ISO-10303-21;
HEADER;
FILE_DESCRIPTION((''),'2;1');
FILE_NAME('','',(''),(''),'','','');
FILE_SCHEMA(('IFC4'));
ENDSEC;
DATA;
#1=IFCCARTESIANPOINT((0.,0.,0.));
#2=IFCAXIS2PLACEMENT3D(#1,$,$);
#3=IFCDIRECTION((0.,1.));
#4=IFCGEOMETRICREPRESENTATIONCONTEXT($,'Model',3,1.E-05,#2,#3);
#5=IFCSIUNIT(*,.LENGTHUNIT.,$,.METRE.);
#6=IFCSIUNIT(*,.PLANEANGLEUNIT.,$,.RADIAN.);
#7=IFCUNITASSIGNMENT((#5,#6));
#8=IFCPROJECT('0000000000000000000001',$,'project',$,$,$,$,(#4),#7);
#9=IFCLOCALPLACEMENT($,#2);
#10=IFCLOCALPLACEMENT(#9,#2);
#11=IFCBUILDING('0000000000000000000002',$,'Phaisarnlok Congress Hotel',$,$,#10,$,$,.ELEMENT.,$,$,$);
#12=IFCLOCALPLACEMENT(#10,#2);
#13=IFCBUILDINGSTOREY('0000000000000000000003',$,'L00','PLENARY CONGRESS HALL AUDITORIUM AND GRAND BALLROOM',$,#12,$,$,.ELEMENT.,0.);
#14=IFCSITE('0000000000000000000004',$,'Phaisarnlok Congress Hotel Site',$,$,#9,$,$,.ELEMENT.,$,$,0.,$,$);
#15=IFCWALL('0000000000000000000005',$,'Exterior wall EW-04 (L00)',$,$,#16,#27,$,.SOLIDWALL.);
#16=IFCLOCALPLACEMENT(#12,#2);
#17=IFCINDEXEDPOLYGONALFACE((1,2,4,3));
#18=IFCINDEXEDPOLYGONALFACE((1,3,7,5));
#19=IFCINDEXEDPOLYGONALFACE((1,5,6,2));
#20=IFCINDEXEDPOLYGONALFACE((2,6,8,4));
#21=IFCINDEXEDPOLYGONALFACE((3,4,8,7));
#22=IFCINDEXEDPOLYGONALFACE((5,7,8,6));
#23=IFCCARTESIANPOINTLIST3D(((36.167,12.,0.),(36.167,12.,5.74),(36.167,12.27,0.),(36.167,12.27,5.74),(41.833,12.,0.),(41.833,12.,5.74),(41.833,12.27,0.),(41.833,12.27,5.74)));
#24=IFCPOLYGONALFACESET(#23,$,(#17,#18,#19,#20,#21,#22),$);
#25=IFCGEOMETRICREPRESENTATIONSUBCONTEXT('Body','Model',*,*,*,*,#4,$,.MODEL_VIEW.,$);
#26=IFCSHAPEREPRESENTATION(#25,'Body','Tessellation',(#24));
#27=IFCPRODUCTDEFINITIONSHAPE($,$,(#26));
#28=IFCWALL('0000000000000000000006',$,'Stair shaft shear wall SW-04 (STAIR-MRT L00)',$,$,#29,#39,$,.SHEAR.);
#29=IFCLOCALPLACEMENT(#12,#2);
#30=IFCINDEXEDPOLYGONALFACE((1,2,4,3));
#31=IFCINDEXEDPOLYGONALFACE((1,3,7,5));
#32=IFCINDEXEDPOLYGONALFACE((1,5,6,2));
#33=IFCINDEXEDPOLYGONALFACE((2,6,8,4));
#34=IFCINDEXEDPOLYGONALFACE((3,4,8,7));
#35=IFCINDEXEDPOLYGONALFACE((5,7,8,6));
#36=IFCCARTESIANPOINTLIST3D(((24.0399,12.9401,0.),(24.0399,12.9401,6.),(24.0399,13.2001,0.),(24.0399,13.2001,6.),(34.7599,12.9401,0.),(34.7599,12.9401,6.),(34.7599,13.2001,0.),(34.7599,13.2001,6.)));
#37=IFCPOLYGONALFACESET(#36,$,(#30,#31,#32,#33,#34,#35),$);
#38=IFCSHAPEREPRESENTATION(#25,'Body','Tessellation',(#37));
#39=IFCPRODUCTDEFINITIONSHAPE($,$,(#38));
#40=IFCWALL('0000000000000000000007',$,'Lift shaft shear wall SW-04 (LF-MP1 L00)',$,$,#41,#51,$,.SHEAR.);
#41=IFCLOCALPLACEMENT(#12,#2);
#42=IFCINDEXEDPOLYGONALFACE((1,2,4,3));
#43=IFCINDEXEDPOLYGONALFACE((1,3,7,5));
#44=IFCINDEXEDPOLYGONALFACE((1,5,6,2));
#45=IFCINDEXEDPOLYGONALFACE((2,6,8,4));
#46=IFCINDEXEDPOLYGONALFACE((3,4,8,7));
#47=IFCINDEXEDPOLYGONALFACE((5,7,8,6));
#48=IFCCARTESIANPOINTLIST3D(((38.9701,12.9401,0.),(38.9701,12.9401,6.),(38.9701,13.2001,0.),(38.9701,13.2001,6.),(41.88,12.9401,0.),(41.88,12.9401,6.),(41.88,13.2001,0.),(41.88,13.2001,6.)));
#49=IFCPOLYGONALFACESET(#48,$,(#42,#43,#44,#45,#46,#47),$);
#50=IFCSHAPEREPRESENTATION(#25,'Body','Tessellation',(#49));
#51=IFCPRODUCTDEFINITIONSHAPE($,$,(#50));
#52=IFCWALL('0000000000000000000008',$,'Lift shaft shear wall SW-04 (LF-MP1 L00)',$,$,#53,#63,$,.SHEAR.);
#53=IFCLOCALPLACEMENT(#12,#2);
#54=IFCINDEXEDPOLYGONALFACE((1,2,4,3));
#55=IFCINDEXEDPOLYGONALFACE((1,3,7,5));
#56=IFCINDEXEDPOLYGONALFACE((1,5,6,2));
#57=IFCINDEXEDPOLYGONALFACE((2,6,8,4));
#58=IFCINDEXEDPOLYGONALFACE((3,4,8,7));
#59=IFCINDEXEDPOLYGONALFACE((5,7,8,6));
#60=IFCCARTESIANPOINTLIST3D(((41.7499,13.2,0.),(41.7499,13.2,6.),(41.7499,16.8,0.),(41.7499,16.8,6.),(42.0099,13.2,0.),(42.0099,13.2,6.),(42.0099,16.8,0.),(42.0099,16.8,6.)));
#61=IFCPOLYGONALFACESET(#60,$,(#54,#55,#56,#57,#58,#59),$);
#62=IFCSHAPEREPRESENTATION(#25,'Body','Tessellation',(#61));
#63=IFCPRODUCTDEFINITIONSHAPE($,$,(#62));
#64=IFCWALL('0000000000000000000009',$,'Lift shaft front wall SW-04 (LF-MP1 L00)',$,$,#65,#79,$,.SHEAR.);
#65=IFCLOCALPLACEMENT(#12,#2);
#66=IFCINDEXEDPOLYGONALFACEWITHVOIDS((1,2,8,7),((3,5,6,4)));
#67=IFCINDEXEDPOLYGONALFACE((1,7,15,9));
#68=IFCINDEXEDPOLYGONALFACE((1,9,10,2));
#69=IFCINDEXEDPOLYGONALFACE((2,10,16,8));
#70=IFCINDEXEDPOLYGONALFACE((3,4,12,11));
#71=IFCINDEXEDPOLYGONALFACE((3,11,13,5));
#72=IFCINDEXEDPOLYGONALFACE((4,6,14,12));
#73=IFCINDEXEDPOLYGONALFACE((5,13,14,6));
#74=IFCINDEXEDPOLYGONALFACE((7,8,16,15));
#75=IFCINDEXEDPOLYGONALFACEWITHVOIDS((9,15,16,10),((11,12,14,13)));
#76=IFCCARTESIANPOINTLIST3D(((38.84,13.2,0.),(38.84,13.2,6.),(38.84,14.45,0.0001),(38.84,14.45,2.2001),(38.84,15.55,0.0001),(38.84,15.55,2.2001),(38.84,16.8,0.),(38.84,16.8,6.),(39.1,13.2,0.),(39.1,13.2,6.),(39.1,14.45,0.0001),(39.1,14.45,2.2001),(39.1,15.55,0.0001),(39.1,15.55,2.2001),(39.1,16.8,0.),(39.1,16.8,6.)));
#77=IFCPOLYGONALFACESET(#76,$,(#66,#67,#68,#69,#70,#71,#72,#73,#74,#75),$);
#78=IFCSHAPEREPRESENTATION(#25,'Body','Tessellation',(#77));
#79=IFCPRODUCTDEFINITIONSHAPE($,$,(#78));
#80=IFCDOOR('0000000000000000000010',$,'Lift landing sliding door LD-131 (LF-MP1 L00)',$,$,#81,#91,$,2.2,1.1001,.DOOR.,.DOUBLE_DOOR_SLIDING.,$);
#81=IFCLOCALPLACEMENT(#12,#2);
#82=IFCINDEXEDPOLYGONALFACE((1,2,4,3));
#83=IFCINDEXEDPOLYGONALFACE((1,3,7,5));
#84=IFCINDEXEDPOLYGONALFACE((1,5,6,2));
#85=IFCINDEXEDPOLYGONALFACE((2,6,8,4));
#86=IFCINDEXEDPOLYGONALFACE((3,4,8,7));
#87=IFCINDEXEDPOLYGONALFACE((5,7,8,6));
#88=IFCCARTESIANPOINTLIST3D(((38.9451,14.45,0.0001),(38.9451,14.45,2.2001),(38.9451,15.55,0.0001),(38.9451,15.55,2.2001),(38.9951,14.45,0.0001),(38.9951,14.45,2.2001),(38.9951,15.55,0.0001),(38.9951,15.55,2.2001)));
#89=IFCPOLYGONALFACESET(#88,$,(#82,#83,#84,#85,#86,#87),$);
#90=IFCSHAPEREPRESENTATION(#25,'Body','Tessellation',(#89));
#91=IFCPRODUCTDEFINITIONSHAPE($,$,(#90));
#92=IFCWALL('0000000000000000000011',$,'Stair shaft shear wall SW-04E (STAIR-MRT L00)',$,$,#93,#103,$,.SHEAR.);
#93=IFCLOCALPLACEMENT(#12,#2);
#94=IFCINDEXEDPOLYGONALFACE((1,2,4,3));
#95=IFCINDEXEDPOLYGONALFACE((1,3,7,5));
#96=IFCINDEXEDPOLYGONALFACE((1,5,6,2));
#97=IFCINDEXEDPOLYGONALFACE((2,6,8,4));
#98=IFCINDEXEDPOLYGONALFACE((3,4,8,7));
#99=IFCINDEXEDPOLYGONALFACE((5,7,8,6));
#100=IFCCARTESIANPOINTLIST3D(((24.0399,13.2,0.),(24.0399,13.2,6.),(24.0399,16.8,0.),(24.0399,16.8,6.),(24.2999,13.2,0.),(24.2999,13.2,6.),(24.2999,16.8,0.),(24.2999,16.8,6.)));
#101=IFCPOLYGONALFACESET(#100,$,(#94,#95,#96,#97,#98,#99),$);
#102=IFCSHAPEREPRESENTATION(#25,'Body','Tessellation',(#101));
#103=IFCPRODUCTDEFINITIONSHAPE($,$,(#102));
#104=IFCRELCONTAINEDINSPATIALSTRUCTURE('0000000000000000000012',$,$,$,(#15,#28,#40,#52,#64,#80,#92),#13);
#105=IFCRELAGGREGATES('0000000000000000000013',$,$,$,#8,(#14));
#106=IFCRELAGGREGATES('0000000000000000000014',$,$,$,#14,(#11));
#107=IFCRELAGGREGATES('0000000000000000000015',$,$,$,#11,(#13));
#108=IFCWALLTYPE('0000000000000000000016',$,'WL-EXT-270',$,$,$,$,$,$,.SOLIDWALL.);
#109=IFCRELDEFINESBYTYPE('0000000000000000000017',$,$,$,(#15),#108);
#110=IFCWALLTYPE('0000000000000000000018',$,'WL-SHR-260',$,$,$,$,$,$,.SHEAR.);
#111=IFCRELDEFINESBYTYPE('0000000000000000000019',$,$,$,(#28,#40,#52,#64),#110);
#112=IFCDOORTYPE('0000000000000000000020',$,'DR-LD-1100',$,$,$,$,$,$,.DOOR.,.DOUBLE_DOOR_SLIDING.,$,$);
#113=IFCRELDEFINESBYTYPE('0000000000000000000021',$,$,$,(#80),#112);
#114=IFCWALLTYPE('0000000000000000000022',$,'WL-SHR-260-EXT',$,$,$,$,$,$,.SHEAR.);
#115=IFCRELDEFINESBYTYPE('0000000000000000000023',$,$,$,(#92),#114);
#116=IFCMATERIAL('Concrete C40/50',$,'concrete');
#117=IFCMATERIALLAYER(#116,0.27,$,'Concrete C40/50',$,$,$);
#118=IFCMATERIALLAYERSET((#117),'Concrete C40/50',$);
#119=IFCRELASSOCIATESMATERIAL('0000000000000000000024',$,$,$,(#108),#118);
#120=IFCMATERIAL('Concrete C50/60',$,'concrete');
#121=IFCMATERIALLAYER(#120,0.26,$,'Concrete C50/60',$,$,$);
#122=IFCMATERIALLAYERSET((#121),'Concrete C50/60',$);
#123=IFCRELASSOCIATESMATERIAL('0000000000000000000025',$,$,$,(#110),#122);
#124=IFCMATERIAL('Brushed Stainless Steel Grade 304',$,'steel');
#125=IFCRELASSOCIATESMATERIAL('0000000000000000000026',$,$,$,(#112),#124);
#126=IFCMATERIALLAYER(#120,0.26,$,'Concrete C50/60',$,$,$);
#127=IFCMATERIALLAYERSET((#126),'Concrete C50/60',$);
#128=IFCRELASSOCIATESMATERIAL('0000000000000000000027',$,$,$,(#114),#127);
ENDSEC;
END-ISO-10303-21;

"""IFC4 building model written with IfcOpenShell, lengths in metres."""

from ifc_helpers import new_model, si_unit, direction, frame, frame_2d, origin, place, context, subcontext, project, spatial, rectangle, extrude, material, layer, layer_set, type_object, element, fill, save


model = new_model("IFC4")

# Units and contexts
model_context = context("Model", 3, precision=1e-05, world=origin(), true_north=direction((0.0, 1.0)))
body_context = subcontext(model_context, "Body", "Model", "MODEL_VIEW")
ifc_project = project(units=[si_unit("LENGTHUNIT", "METRE"), si_unit("PLANEANGLEUNIT", "RADIAN")], contexts=[model_context])

# Site, building, storey
site_placement = place(None, origin())
site = spatial("IfcSite", under=ifc_project, at=site_placement, Name="Phaisarnlok Congress Hotel Site", CompositionType="ELEMENT", RefElevation=0.0)
building_placement = place(site_placement, origin())
building = spatial("IfcBuilding", under=site, at=building_placement, Name="Phaisarnlok Congress Hotel", CompositionType="ELEMENT")
storey_placement = place(building_placement, origin())
storey = spatial("IfcBuildingStorey", under=building, at=storey_placement, Name="L00", Description="PLENARY CONGRESS HALL AUDITORIUM AND GRAND BALLROOM", CompositionType="ELEMENT", Elevation=0.0)

# Shared definitions
ifc_material_1 = material(Name="Concrete C40/50", Category="concrete")

# Walls
ifc_layer_1 = layer(ifc_material_1, 0.27, Name="Concrete C40/50")
ifc_layer_set_1 = layer_set([ifc_layer_1], Name="Concrete C40/50")
wall_type_1 = type_object("IfcWallType", Name="WL-EXT-270", PredefinedType="SOLIDWALL", material=ifc_layer_set_1)
wall_1_placement = place(storey_placement, frame((36.167, 12.135, 0.0), z_axis=(0.0, 0.0, 1.0), x_axis=(1.0, 0.0, 0.0)))
element("IfcWall", 1, at=wall_1_placement, inside=storey, type_object=wall_type_1, Name="Exterior wall EW-04 (L00)", PredefinedType="SOLIDWALL", context=body_context, shape_type="SweptSolid", body=[
    extrude(rectangle(XDim=5.666, YDim=0.27, at=frame_2d((2.833, 0.0))), origin(), (0.0, 0.0, 1.0), 5.74),
])
ifc_material_2 = material(Name="Concrete C50/60", Category="concrete")
ifc_layer_2 = layer(ifc_material_2, 0.26, Name="Concrete C50/60")
ifc_layer_set_2 = layer_set([ifc_layer_2], Name="Concrete C50/60")
wall_type_2 = type_object("IfcWallType", Name="WL-SHR-260", PredefinedType="SHEAR", material=ifc_layer_set_2)
wall_2_placement = place(storey_placement, frame((24.04, 13.0701, 0.0), z_axis=(0.0, 0.0, 1.0), x_axis=(1.0, 0.0, 0.0)))
element("IfcWall", 2, at=wall_2_placement, inside=storey, type_object=wall_type_2, Name="Stair shaft shear wall SW-04 (STAIR-MRT L00)", PredefinedType="SHEAR", context=body_context, shape_type="SweptSolid", body=[
    extrude(rectangle(XDim=10.72, YDim=0.26, at=frame_2d((5.3599, 0.0))), origin(), (0.0, 0.0, 1.0), 6.0),
])

# Walls
wall_3_placement = place(storey_placement, frame((38.97, 13.0701, 0.0), z_axis=(0.0, 0.0, 1.0), x_axis=(1.0, 0.0, 0.0)))
element("IfcWall", 3, at=wall_3_placement, inside=storey, type_object=wall_type_2, Name="Lift shaft shear wall SW-04 (LF-MP1 L00)", PredefinedType="SHEAR", context=body_context, shape_type="SweptSolid", body=[
    extrude(rectangle(XDim=2.9099, YDim=0.26, at=frame_2d((1.4551, 0.0))), origin(), (0.0, 0.0, 1.0), 6.0),
])
wall_4_placement = place(storey_placement, frame((41.8799, 13.2, 0.0), z_axis=(0.0, 0.0, 1.0), x_axis=(0.0, 1.0, 0.0)))
element("IfcWall", 4, at=wall_4_placement, inside=storey, type_object=wall_type_2, Name="Lift shaft shear wall SW-04 (LF-MP1 L00)", PredefinedType="SHEAR", context=body_context, shape_type="SweptSolid", body=[
    extrude(rectangle(XDim=3.6001, YDim=0.26, at=frame_2d((1.8, 0.0))), origin(), (0.0, 0.0, 1.0), 6.0),
])

# Wall, opening, door
wall_5_placement = place(storey_placement, frame((38.97, 13.2, 0.0), z_axis=(0.0, 0.0, 1.0), x_axis=(0.0, 1.0, 0.0)))
wall_5 = element("IfcWall", 5, at=wall_5_placement, inside=storey, type_object=wall_type_2, Name="Lift shaft front wall SW-04 (LF-MP1 L00)", PredefinedType="SHEAR", context=body_context, shape_type="SweptSolid", body=[
    extrude(rectangle(XDim=3.6001, YDim=0.26, at=frame_2d((1.8, 0.0))), origin(), (0.0, 0.0, 1.0), 6.0),
])
opening_1_placement = place(wall_5_placement, frame((1.25, 0.0, 0.0)))
opening_1 = element("IfcOpeningElement", 6, at=opening_1_placement, cuts=wall_5, PredefinedType="OPENING", context=body_context, shape_type="SweptSolid", body=[
    extrude(rectangle(XDim=1.1001, YDim=2.2, at=frame_2d((0.55, 1.1001))), frame((0.0, 0.1401, 0.0), z_axis=(0.0, -1.0, 0.0), x_axis=(1.0, 0.0, 0.0)), (0.0, 0.0, 1.0), 0.28),
])
ifc_material_3 = material(Name="Brushed Stainless Steel Grade 304", Category="steel")
door_type_1 = type_object("IfcDoorType", Name="DR-LD-1100", OperationType="DOUBLE_DOOR_SLIDING", PredefinedType="DOOR", material=ifc_material_3)
door_1_placement = place(opening_1_placement, origin())
door_1 = element("IfcDoor", 7, at=door_1_placement, inside=storey, type_object=door_type_1, Name="Lift landing sliding door LD-131 (LF-MP1 L00)", OperationType="DOUBLE_DOOR_SLIDING", OverallHeight=2.2, OverallWidth=1.1001, PredefinedType="DOOR", context=body_context, shape_type="SweptSolid", body=[
    extrude(rectangle(XDim=1.1001, YDim=2.2, at=frame_2d((0.55, 1.1001))), frame((0.0, 0.0249, 0.0), z_axis=(0.0, -1.0, 0.0), x_axis=(1.0, 0.0, 0.0)), (0.0, 0.0, 1.0), 0.05),
])
fill(opening_1, door_1)

# Wall
ifc_layer_3 = layer(ifc_material_2, 0.26, Name="Concrete C50/60")
ifc_layer_set_3 = layer_set([ifc_layer_3], Name="Concrete C50/60")
wall_type_3 = type_object("IfcWallType", Name="WL-SHR-260-EXT", PredefinedType="SHEAR", material=ifc_layer_set_3)
wall_6_placement = place(storey_placement, frame((24.1699, 13.2, 0.0), z_axis=(0.0, 0.0, 1.0), x_axis=(0.0, 1.0, 0.0)))
element("IfcWall", 8, at=wall_6_placement, inside=storey, type_object=wall_type_3, Name="Stair shaft shear wall SW-04E (STAIR-MRT L00)", PredefinedType="SHEAR", context=body_context, shape_type="SweptSolid", body=[
    extrude(rectangle(XDim=3.6001, YDim=0.26, at=frame_2d((1.8, 0.0))), origin(), (0.0, 0.0, 1.0), 6.0),
])

save(model, "model.ifc")
